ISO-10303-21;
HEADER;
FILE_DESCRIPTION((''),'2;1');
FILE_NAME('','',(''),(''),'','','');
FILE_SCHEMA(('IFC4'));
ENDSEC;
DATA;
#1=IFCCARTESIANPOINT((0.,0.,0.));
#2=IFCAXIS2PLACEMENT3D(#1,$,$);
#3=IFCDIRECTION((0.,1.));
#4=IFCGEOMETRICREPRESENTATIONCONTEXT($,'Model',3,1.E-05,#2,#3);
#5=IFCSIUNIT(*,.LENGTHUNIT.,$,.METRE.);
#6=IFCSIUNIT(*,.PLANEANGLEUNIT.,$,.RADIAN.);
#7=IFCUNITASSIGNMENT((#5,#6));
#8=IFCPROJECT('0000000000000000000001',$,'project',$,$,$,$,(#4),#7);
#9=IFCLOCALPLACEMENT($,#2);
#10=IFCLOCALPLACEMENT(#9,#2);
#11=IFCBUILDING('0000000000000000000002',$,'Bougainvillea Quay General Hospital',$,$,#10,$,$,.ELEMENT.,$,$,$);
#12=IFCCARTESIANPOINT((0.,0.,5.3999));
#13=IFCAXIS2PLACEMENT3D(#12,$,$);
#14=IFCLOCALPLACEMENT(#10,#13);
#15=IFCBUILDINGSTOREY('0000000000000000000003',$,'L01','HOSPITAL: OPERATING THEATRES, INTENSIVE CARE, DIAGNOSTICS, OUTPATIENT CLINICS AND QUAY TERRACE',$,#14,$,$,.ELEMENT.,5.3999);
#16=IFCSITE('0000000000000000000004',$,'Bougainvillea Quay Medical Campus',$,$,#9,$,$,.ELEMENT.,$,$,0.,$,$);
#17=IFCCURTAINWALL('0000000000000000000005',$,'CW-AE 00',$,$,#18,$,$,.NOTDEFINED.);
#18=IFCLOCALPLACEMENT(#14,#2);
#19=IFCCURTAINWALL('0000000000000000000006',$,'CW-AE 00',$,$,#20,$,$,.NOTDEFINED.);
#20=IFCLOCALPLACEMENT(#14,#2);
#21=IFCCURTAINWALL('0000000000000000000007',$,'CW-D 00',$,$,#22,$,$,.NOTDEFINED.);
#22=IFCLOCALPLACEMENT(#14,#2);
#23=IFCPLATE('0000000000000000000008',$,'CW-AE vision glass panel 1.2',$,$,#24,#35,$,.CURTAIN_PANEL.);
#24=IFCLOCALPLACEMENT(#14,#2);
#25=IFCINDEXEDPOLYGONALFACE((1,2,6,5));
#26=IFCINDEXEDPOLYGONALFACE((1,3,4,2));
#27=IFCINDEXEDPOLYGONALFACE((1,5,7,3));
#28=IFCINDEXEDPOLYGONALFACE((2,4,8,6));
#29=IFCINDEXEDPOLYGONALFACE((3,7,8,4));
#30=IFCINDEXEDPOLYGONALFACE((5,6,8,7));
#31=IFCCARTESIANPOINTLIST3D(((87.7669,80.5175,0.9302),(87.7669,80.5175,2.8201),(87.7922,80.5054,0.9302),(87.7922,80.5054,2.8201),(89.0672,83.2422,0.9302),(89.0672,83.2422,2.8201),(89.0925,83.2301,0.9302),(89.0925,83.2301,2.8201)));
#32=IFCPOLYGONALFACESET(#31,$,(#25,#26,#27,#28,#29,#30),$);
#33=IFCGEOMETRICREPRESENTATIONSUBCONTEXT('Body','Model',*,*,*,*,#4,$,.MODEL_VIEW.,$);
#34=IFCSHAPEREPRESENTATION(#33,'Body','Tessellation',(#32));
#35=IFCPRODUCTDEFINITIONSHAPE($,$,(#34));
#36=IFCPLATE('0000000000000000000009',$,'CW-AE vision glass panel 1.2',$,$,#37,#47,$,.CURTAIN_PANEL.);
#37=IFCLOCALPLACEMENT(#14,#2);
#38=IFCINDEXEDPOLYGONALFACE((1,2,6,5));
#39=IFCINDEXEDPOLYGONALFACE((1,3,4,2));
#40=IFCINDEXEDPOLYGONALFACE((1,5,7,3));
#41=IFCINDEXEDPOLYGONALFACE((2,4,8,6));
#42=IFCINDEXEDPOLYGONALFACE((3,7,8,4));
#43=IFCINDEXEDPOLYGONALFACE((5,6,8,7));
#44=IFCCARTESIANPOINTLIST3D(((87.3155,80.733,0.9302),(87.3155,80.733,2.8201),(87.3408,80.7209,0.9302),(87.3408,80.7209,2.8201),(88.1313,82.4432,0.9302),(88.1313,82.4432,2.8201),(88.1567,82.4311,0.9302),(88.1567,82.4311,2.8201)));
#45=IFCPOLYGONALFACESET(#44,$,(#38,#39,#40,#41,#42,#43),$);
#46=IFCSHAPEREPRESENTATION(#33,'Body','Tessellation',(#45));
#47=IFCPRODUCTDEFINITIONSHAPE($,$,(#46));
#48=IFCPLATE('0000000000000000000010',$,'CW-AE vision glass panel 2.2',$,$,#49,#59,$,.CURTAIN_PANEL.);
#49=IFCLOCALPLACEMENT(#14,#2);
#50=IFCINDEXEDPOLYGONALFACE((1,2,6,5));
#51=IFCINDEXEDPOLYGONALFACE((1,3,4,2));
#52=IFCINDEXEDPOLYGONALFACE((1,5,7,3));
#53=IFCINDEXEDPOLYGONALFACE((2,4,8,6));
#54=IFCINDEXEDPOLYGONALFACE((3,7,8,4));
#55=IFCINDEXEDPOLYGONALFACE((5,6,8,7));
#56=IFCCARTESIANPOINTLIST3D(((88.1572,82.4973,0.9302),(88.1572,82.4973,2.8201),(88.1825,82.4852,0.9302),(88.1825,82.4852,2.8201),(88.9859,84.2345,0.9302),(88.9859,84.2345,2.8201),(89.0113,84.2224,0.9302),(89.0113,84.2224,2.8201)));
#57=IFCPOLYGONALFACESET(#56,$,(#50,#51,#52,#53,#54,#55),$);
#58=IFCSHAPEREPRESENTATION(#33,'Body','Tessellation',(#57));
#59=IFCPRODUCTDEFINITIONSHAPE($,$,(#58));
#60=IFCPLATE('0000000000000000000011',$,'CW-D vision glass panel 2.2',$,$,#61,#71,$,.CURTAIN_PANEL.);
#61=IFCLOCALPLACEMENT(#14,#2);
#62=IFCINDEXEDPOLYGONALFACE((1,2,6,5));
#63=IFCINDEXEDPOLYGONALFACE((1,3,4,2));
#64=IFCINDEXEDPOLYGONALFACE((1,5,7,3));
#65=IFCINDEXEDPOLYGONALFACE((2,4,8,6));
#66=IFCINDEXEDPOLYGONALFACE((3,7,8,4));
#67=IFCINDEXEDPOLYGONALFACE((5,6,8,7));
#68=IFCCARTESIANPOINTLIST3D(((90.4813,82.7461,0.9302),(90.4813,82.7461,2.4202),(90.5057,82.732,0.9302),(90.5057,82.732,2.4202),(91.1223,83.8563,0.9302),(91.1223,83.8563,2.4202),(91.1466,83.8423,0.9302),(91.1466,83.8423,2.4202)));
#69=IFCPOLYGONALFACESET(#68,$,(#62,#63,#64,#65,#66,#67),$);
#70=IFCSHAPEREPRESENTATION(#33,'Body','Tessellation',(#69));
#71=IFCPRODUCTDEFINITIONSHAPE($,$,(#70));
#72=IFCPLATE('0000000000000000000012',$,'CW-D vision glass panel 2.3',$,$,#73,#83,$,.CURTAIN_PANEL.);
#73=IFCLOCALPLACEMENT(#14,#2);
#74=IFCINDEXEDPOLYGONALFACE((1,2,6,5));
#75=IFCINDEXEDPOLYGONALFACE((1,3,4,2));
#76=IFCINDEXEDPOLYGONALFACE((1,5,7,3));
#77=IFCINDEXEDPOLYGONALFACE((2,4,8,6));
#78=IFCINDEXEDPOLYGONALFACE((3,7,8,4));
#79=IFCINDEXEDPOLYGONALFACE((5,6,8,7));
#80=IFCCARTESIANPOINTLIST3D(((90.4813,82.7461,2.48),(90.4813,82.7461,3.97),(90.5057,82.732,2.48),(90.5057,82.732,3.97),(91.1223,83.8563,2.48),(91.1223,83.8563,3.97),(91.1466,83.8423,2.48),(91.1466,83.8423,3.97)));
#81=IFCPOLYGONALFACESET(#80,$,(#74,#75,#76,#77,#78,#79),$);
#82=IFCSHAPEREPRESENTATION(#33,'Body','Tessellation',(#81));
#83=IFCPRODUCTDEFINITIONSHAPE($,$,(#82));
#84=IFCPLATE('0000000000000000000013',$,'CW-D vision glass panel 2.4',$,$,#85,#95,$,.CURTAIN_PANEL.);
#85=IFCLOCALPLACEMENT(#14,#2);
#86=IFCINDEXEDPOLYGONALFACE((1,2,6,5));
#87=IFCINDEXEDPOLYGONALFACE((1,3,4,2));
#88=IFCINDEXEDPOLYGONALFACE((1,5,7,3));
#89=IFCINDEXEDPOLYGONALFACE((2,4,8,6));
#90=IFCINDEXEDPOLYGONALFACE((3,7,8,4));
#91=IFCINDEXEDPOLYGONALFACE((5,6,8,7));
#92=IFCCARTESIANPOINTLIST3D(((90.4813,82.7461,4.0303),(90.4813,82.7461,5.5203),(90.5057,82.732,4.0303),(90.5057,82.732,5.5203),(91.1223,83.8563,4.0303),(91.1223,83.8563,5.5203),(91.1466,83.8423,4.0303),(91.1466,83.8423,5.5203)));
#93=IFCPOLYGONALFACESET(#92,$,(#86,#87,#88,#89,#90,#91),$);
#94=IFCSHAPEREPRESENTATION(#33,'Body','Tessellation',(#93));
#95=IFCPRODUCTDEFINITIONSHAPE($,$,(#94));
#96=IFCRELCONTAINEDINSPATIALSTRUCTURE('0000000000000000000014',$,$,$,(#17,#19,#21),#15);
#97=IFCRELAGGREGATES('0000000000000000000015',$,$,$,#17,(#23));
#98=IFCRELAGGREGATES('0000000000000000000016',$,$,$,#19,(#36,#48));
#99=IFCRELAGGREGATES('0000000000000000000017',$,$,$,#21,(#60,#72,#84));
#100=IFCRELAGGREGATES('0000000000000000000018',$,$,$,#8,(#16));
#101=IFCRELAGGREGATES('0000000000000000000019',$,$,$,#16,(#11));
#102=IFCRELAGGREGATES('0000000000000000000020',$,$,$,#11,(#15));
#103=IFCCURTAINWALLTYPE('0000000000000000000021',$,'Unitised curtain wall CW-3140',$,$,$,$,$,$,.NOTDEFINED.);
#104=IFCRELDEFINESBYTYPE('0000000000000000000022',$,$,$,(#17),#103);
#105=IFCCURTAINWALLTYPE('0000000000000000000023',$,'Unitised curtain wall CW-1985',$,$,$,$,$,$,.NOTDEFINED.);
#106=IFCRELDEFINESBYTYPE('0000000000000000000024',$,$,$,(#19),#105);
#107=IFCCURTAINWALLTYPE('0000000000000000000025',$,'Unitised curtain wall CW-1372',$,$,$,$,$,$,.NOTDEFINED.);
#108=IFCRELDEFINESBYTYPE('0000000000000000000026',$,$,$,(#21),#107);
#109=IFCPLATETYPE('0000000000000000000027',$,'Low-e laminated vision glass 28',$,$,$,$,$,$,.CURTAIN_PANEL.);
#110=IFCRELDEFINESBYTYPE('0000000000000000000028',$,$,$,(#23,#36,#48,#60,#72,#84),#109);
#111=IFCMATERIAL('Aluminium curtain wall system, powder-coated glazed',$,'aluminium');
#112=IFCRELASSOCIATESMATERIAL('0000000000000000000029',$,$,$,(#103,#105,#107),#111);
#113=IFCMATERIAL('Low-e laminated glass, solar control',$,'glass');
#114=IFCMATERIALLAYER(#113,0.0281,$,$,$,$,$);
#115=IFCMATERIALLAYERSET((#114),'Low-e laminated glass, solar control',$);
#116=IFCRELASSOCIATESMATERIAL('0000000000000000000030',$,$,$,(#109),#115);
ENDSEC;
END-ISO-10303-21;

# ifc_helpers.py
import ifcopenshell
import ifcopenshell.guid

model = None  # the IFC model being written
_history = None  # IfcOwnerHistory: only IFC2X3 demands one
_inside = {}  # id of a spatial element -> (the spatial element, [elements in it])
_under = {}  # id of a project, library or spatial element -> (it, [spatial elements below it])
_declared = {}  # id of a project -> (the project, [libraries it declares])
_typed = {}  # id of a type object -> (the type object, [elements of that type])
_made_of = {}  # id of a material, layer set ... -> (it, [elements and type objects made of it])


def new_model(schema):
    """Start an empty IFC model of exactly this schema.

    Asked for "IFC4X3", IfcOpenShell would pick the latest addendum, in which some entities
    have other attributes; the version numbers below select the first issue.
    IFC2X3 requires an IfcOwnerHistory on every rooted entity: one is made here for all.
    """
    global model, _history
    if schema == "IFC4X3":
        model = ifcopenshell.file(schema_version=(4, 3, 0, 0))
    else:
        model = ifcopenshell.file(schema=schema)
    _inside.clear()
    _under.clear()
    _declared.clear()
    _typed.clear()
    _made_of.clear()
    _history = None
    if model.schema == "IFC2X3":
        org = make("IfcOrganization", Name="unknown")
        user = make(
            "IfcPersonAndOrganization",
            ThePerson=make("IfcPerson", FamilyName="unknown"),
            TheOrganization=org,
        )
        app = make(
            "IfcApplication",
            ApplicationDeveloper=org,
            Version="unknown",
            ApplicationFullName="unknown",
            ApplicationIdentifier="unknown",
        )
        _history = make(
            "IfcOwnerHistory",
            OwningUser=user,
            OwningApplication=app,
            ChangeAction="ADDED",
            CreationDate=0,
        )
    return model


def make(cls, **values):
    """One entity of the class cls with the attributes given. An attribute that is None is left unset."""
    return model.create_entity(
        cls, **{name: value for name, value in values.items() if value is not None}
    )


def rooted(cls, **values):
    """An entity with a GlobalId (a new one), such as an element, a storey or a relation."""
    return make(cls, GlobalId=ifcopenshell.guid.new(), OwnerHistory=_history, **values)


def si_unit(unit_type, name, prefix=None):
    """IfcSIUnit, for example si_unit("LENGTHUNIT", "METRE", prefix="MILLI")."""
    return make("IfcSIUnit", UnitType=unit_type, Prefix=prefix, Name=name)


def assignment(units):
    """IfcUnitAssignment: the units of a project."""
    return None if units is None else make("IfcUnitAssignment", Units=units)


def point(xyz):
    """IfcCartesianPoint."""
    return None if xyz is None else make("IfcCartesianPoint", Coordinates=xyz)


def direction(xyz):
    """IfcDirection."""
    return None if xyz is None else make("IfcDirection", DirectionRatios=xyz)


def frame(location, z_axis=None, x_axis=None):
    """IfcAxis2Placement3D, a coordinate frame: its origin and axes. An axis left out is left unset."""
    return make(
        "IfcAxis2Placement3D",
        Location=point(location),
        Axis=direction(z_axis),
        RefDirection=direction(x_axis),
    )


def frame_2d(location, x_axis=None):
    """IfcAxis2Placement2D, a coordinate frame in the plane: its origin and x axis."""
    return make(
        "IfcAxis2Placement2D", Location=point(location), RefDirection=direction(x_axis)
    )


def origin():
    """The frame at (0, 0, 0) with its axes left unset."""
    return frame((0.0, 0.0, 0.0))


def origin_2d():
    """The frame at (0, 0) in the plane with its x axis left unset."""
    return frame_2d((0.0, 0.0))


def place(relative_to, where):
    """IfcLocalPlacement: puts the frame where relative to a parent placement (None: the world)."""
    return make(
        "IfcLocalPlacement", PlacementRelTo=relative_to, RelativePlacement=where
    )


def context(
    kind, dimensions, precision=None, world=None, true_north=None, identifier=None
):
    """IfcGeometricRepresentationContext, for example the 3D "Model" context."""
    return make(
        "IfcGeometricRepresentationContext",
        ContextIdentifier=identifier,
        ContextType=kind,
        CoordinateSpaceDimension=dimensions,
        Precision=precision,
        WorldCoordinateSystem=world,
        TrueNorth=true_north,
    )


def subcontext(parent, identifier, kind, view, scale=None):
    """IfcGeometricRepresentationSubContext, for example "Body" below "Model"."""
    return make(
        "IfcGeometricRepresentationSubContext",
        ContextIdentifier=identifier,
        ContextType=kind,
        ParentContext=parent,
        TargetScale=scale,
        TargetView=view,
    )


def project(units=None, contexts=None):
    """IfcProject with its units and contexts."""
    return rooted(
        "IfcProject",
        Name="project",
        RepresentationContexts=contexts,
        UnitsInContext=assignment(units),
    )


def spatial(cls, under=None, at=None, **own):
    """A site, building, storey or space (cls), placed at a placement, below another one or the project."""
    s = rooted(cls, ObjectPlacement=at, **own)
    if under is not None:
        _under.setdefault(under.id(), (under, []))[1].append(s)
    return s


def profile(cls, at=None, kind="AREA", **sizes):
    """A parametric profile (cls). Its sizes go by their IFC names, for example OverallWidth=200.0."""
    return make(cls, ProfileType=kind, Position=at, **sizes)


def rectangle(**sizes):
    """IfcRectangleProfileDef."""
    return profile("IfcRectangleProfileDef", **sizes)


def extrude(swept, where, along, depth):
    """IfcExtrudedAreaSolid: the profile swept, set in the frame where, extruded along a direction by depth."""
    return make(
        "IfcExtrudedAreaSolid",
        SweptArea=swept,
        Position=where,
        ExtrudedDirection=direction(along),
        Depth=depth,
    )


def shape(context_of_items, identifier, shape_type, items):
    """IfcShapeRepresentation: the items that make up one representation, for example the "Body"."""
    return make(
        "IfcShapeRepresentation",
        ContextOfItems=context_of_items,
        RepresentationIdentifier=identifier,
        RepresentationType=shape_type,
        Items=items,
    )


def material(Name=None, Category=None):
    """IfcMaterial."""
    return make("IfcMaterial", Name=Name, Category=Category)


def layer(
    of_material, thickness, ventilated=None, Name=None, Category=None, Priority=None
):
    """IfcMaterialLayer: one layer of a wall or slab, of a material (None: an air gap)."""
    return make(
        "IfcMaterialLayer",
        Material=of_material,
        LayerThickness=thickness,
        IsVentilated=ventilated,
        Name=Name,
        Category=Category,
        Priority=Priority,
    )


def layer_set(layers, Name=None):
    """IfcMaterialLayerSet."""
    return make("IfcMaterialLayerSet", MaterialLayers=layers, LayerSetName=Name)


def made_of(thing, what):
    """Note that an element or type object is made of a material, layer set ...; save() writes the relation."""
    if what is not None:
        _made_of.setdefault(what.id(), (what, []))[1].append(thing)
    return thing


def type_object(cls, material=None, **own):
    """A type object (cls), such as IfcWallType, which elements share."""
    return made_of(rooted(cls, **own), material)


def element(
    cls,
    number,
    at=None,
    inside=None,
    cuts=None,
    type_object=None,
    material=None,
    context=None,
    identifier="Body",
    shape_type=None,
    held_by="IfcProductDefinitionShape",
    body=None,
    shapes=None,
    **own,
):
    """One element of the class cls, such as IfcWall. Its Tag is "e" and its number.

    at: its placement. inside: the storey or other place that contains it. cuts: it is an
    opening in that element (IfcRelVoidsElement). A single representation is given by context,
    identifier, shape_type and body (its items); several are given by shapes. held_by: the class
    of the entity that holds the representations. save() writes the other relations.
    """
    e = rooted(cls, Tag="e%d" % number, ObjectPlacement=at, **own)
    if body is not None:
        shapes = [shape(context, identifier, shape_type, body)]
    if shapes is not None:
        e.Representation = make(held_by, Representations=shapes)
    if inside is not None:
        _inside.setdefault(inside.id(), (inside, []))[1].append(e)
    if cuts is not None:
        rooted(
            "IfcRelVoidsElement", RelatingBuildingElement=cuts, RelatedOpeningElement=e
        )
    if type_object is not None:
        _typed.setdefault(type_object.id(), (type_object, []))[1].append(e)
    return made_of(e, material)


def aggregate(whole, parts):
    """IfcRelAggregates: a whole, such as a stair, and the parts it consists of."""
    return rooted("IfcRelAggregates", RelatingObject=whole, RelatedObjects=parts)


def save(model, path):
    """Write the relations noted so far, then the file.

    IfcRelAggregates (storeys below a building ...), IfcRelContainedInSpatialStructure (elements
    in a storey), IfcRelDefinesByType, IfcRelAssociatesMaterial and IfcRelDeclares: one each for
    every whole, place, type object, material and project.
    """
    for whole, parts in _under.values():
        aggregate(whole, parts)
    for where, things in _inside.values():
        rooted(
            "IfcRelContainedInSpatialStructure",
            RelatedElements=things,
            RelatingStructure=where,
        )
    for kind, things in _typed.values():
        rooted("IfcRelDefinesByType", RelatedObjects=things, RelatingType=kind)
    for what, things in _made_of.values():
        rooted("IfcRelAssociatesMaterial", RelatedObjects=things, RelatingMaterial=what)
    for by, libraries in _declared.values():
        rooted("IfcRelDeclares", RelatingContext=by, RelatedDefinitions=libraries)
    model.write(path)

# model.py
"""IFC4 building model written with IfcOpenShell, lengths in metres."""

from ifc_helpers import new_model, si_unit, direction, frame, origin, origin_2d, place, context, subcontext, project, spatial, rectangle, extrude, material, layer, layer_set, type_object, element, aggregate, save


model = new_model("IFC4")

# Units and contexts
model_context = context("Model", 3, precision=1e-05, world=origin(), true_north=direction((0.0, 1.0)))
body_context = subcontext(model_context, "Body", "Model", "MODEL_VIEW")
ifc_project = project(units=[si_unit("LENGTHUNIT", "METRE"), si_unit("PLANEANGLEUNIT", "RADIAN")], contexts=[model_context])

# Site, building, storey
site_placement = place(None, origin())
site = spatial("IfcSite", under=ifc_project, at=site_placement, Name="Bougainvillea Quay Medical Campus", CompositionType="ELEMENT", RefElevation=0.0)
building_placement = place(site_placement, origin())
building = spatial("IfcBuilding", under=site, at=building_placement, Name="Bougainvillea Quay General Hospital", CompositionType="ELEMENT")
storey_placement = place(building_placement, frame((0.0, 0.0, 5.3999)))
storey = spatial("IfcBuildingStorey", under=building, at=storey_placement, Name="L01", Description="HOSPITAL: OPERATING THEATRES, INTENSIVE CARE, DIAGNOSTICS, OUTPATIENT CLINICS AND QUAY TERRACE", CompositionType="ELEMENT", Elevation=5.3999)

# Curtain walls
ifc_material_1 = material(Name="Aluminium curtain wall system, powder-coated glazed", Category="aluminium")
curtain_wall_type_1 = type_object("IfcCurtainWallType", Name="Unitised curtain wall CW-3140", PredefinedType="NOTDEFINED", material=ifc_material_1)
curtain_wall_1_placement = place(storey_placement, origin())
curtain_wall_1 = element("IfcCurtainWall", 1, at=curtain_wall_1_placement, inside=storey, type_object=curtain_wall_type_1, Name="CW-AE 00", PredefinedType="NOTDEFINED")
curtain_wall_type_2 = type_object("IfcCurtainWallType", Name="Unitised curtain wall CW-1985", PredefinedType="NOTDEFINED", material=ifc_material_1)
curtain_wall_2_placement = place(storey_placement, origin())
curtain_wall_2 = element("IfcCurtainWall", 2, at=curtain_wall_2_placement, inside=storey, type_object=curtain_wall_type_2, Name="CW-AE 00", PredefinedType="NOTDEFINED")

# Curtain wall
curtain_wall_type_3 = type_object("IfcCurtainWallType", Name="Unitised curtain wall CW-1372", PredefinedType="NOTDEFINED", material=ifc_material_1)
curtain_wall_3_placement = place(storey_placement, origin())
curtain_wall_3 = element("IfcCurtainWall", 3, at=curtain_wall_3_placement, inside=storey, type_object=curtain_wall_type_3, Name="CW-D 00", PredefinedType="NOTDEFINED")

# Plates
ifc_material_2 = material(Name="Low-e laminated glass, solar control", Category="glass")
ifc_layer_1 = layer(ifc_material_2, 0.0281)
ifc_layer_set_1 = layer_set([ifc_layer_1], Name="Low-e laminated glass, solar control")
plate_type_1 = type_object("IfcPlateType", Name="Low-e laminated vision glass 28", PredefinedType="CURTAIN_PANEL", material=ifc_layer_set_1)
plate_1_placement = place(storey_placement, frame((88.4297, 81.8738, 0.9302), z_axis=(0.0, 0.0, 1.0), x_axis=(-0.4307, -0.902495, 0.0)))
plate_1 = element("IfcPlate", 4, at=plate_1_placement, type_object=plate_type_1, Name="CW-AE vision glass panel 1.2", PredefinedType="CURTAIN_PANEL", context=body_context, shape_type="SweptSolid", body=[
    extrude(rectangle(XDim=3.019, YDim=0.0281, at=origin_2d()), origin(), (0.0, 0.0, 1.0), 1.8899),
])
aggregate(curtain_wall_1, [plate_1])
plate_2_placement = place(storey_placement, frame((87.7361, 81.582, 0.9302), z_axis=(0.0, 0.0, 1.0), x_axis=(0.430563, 0.902561, 0.0)))
plate_2 = element("IfcPlate", 5, at=plate_2_placement, type_object=plate_type_1, Name="CW-AE vision glass panel 1.2", PredefinedType="CURTAIN_PANEL", context=body_context, shape_type="SweptSolid", body=[
    extrude(rectangle(XDim=1.8948, YDim=0.0281, at=origin_2d()), origin(), (0.0, 0.0, 1.0), 1.8899),
])
plate_3_placement = place(storey_placement, frame((88.5842, 83.3599, 0.9302), z_axis=(0.0, 0.0, 1.0), x_axis=(0.430563, 0.902561, 0.0)))
plate_3 = element("IfcPlate", 6, at=plate_3_placement, type_object=plate_type_1, Name="CW-AE vision glass panel 2.2", PredefinedType="CURTAIN_PANEL", context=body_context, shape_type="SweptSolid", body=[
    extrude(rectangle(XDim=1.9248, YDim=0.0281, at=origin_2d()), origin(), (0.0, 0.0, 1.0), 1.8899),
])
aggregate(curtain_wall_2, [plate_2, plate_3])
plate_4_placement = place(storey_placement, frame((90.814, 83.2942, 0.9302), z_axis=(0.0, 0.0, 1.0), x_axis=(-0.499962, -0.866048, 0.0)))
plate_4 = element("IfcPlate", 7, at=plate_4_placement, type_object=plate_type_1, Name="CW-D vision glass panel 2.2", PredefinedType="CURTAIN_PANEL", context=body_context, shape_type="SweptSolid", body=[
    extrude(rectangle(XDim=1.282, YDim=0.0281, at=origin_2d()), origin(), (0.0, 0.0, 1.0), 1.49),
])
plate_5_placement = place(storey_placement, frame((90.814, 83.2942, 2.48), z_axis=(0.0, 0.0, 1.0), x_axis=(-0.499962, -0.866048, 0.0)))
plate_5 = element("IfcPlate", 8, at=plate_5_placement, type_object=plate_type_1, Name="CW-D vision glass panel 2.3", PredefinedType="CURTAIN_PANEL", context=body_context, shape_type="SweptSolid", body=[
    extrude(rectangle(XDim=1.282, YDim=0.0281, at=origin_2d()), origin(), (0.0, 0.0, 1.0), 1.49),
])
plate_6_placement = place(storey_placement, frame((90.814, 83.2942, 4.0303), z_axis=(0.0, 0.0, 1.0), x_axis=(-0.499962, -0.866048, 0.0)))
plate_6 = element("IfcPlate", 9, at=plate_6_placement, type_object=plate_type_1, Name="CW-D vision glass panel 2.4", PredefinedType="CURTAIN_PANEL", context=body_context, shape_type="SweptSolid", body=[
    extrude(rectangle(XDim=1.282, YDim=0.0281, at=origin_2d()), origin(), (0.0, 0.0, 1.0), 1.49),
])
aggregate(curtain_wall_3, [plate_4, plate_5, plate_6])

save(model, "model.ifc")
